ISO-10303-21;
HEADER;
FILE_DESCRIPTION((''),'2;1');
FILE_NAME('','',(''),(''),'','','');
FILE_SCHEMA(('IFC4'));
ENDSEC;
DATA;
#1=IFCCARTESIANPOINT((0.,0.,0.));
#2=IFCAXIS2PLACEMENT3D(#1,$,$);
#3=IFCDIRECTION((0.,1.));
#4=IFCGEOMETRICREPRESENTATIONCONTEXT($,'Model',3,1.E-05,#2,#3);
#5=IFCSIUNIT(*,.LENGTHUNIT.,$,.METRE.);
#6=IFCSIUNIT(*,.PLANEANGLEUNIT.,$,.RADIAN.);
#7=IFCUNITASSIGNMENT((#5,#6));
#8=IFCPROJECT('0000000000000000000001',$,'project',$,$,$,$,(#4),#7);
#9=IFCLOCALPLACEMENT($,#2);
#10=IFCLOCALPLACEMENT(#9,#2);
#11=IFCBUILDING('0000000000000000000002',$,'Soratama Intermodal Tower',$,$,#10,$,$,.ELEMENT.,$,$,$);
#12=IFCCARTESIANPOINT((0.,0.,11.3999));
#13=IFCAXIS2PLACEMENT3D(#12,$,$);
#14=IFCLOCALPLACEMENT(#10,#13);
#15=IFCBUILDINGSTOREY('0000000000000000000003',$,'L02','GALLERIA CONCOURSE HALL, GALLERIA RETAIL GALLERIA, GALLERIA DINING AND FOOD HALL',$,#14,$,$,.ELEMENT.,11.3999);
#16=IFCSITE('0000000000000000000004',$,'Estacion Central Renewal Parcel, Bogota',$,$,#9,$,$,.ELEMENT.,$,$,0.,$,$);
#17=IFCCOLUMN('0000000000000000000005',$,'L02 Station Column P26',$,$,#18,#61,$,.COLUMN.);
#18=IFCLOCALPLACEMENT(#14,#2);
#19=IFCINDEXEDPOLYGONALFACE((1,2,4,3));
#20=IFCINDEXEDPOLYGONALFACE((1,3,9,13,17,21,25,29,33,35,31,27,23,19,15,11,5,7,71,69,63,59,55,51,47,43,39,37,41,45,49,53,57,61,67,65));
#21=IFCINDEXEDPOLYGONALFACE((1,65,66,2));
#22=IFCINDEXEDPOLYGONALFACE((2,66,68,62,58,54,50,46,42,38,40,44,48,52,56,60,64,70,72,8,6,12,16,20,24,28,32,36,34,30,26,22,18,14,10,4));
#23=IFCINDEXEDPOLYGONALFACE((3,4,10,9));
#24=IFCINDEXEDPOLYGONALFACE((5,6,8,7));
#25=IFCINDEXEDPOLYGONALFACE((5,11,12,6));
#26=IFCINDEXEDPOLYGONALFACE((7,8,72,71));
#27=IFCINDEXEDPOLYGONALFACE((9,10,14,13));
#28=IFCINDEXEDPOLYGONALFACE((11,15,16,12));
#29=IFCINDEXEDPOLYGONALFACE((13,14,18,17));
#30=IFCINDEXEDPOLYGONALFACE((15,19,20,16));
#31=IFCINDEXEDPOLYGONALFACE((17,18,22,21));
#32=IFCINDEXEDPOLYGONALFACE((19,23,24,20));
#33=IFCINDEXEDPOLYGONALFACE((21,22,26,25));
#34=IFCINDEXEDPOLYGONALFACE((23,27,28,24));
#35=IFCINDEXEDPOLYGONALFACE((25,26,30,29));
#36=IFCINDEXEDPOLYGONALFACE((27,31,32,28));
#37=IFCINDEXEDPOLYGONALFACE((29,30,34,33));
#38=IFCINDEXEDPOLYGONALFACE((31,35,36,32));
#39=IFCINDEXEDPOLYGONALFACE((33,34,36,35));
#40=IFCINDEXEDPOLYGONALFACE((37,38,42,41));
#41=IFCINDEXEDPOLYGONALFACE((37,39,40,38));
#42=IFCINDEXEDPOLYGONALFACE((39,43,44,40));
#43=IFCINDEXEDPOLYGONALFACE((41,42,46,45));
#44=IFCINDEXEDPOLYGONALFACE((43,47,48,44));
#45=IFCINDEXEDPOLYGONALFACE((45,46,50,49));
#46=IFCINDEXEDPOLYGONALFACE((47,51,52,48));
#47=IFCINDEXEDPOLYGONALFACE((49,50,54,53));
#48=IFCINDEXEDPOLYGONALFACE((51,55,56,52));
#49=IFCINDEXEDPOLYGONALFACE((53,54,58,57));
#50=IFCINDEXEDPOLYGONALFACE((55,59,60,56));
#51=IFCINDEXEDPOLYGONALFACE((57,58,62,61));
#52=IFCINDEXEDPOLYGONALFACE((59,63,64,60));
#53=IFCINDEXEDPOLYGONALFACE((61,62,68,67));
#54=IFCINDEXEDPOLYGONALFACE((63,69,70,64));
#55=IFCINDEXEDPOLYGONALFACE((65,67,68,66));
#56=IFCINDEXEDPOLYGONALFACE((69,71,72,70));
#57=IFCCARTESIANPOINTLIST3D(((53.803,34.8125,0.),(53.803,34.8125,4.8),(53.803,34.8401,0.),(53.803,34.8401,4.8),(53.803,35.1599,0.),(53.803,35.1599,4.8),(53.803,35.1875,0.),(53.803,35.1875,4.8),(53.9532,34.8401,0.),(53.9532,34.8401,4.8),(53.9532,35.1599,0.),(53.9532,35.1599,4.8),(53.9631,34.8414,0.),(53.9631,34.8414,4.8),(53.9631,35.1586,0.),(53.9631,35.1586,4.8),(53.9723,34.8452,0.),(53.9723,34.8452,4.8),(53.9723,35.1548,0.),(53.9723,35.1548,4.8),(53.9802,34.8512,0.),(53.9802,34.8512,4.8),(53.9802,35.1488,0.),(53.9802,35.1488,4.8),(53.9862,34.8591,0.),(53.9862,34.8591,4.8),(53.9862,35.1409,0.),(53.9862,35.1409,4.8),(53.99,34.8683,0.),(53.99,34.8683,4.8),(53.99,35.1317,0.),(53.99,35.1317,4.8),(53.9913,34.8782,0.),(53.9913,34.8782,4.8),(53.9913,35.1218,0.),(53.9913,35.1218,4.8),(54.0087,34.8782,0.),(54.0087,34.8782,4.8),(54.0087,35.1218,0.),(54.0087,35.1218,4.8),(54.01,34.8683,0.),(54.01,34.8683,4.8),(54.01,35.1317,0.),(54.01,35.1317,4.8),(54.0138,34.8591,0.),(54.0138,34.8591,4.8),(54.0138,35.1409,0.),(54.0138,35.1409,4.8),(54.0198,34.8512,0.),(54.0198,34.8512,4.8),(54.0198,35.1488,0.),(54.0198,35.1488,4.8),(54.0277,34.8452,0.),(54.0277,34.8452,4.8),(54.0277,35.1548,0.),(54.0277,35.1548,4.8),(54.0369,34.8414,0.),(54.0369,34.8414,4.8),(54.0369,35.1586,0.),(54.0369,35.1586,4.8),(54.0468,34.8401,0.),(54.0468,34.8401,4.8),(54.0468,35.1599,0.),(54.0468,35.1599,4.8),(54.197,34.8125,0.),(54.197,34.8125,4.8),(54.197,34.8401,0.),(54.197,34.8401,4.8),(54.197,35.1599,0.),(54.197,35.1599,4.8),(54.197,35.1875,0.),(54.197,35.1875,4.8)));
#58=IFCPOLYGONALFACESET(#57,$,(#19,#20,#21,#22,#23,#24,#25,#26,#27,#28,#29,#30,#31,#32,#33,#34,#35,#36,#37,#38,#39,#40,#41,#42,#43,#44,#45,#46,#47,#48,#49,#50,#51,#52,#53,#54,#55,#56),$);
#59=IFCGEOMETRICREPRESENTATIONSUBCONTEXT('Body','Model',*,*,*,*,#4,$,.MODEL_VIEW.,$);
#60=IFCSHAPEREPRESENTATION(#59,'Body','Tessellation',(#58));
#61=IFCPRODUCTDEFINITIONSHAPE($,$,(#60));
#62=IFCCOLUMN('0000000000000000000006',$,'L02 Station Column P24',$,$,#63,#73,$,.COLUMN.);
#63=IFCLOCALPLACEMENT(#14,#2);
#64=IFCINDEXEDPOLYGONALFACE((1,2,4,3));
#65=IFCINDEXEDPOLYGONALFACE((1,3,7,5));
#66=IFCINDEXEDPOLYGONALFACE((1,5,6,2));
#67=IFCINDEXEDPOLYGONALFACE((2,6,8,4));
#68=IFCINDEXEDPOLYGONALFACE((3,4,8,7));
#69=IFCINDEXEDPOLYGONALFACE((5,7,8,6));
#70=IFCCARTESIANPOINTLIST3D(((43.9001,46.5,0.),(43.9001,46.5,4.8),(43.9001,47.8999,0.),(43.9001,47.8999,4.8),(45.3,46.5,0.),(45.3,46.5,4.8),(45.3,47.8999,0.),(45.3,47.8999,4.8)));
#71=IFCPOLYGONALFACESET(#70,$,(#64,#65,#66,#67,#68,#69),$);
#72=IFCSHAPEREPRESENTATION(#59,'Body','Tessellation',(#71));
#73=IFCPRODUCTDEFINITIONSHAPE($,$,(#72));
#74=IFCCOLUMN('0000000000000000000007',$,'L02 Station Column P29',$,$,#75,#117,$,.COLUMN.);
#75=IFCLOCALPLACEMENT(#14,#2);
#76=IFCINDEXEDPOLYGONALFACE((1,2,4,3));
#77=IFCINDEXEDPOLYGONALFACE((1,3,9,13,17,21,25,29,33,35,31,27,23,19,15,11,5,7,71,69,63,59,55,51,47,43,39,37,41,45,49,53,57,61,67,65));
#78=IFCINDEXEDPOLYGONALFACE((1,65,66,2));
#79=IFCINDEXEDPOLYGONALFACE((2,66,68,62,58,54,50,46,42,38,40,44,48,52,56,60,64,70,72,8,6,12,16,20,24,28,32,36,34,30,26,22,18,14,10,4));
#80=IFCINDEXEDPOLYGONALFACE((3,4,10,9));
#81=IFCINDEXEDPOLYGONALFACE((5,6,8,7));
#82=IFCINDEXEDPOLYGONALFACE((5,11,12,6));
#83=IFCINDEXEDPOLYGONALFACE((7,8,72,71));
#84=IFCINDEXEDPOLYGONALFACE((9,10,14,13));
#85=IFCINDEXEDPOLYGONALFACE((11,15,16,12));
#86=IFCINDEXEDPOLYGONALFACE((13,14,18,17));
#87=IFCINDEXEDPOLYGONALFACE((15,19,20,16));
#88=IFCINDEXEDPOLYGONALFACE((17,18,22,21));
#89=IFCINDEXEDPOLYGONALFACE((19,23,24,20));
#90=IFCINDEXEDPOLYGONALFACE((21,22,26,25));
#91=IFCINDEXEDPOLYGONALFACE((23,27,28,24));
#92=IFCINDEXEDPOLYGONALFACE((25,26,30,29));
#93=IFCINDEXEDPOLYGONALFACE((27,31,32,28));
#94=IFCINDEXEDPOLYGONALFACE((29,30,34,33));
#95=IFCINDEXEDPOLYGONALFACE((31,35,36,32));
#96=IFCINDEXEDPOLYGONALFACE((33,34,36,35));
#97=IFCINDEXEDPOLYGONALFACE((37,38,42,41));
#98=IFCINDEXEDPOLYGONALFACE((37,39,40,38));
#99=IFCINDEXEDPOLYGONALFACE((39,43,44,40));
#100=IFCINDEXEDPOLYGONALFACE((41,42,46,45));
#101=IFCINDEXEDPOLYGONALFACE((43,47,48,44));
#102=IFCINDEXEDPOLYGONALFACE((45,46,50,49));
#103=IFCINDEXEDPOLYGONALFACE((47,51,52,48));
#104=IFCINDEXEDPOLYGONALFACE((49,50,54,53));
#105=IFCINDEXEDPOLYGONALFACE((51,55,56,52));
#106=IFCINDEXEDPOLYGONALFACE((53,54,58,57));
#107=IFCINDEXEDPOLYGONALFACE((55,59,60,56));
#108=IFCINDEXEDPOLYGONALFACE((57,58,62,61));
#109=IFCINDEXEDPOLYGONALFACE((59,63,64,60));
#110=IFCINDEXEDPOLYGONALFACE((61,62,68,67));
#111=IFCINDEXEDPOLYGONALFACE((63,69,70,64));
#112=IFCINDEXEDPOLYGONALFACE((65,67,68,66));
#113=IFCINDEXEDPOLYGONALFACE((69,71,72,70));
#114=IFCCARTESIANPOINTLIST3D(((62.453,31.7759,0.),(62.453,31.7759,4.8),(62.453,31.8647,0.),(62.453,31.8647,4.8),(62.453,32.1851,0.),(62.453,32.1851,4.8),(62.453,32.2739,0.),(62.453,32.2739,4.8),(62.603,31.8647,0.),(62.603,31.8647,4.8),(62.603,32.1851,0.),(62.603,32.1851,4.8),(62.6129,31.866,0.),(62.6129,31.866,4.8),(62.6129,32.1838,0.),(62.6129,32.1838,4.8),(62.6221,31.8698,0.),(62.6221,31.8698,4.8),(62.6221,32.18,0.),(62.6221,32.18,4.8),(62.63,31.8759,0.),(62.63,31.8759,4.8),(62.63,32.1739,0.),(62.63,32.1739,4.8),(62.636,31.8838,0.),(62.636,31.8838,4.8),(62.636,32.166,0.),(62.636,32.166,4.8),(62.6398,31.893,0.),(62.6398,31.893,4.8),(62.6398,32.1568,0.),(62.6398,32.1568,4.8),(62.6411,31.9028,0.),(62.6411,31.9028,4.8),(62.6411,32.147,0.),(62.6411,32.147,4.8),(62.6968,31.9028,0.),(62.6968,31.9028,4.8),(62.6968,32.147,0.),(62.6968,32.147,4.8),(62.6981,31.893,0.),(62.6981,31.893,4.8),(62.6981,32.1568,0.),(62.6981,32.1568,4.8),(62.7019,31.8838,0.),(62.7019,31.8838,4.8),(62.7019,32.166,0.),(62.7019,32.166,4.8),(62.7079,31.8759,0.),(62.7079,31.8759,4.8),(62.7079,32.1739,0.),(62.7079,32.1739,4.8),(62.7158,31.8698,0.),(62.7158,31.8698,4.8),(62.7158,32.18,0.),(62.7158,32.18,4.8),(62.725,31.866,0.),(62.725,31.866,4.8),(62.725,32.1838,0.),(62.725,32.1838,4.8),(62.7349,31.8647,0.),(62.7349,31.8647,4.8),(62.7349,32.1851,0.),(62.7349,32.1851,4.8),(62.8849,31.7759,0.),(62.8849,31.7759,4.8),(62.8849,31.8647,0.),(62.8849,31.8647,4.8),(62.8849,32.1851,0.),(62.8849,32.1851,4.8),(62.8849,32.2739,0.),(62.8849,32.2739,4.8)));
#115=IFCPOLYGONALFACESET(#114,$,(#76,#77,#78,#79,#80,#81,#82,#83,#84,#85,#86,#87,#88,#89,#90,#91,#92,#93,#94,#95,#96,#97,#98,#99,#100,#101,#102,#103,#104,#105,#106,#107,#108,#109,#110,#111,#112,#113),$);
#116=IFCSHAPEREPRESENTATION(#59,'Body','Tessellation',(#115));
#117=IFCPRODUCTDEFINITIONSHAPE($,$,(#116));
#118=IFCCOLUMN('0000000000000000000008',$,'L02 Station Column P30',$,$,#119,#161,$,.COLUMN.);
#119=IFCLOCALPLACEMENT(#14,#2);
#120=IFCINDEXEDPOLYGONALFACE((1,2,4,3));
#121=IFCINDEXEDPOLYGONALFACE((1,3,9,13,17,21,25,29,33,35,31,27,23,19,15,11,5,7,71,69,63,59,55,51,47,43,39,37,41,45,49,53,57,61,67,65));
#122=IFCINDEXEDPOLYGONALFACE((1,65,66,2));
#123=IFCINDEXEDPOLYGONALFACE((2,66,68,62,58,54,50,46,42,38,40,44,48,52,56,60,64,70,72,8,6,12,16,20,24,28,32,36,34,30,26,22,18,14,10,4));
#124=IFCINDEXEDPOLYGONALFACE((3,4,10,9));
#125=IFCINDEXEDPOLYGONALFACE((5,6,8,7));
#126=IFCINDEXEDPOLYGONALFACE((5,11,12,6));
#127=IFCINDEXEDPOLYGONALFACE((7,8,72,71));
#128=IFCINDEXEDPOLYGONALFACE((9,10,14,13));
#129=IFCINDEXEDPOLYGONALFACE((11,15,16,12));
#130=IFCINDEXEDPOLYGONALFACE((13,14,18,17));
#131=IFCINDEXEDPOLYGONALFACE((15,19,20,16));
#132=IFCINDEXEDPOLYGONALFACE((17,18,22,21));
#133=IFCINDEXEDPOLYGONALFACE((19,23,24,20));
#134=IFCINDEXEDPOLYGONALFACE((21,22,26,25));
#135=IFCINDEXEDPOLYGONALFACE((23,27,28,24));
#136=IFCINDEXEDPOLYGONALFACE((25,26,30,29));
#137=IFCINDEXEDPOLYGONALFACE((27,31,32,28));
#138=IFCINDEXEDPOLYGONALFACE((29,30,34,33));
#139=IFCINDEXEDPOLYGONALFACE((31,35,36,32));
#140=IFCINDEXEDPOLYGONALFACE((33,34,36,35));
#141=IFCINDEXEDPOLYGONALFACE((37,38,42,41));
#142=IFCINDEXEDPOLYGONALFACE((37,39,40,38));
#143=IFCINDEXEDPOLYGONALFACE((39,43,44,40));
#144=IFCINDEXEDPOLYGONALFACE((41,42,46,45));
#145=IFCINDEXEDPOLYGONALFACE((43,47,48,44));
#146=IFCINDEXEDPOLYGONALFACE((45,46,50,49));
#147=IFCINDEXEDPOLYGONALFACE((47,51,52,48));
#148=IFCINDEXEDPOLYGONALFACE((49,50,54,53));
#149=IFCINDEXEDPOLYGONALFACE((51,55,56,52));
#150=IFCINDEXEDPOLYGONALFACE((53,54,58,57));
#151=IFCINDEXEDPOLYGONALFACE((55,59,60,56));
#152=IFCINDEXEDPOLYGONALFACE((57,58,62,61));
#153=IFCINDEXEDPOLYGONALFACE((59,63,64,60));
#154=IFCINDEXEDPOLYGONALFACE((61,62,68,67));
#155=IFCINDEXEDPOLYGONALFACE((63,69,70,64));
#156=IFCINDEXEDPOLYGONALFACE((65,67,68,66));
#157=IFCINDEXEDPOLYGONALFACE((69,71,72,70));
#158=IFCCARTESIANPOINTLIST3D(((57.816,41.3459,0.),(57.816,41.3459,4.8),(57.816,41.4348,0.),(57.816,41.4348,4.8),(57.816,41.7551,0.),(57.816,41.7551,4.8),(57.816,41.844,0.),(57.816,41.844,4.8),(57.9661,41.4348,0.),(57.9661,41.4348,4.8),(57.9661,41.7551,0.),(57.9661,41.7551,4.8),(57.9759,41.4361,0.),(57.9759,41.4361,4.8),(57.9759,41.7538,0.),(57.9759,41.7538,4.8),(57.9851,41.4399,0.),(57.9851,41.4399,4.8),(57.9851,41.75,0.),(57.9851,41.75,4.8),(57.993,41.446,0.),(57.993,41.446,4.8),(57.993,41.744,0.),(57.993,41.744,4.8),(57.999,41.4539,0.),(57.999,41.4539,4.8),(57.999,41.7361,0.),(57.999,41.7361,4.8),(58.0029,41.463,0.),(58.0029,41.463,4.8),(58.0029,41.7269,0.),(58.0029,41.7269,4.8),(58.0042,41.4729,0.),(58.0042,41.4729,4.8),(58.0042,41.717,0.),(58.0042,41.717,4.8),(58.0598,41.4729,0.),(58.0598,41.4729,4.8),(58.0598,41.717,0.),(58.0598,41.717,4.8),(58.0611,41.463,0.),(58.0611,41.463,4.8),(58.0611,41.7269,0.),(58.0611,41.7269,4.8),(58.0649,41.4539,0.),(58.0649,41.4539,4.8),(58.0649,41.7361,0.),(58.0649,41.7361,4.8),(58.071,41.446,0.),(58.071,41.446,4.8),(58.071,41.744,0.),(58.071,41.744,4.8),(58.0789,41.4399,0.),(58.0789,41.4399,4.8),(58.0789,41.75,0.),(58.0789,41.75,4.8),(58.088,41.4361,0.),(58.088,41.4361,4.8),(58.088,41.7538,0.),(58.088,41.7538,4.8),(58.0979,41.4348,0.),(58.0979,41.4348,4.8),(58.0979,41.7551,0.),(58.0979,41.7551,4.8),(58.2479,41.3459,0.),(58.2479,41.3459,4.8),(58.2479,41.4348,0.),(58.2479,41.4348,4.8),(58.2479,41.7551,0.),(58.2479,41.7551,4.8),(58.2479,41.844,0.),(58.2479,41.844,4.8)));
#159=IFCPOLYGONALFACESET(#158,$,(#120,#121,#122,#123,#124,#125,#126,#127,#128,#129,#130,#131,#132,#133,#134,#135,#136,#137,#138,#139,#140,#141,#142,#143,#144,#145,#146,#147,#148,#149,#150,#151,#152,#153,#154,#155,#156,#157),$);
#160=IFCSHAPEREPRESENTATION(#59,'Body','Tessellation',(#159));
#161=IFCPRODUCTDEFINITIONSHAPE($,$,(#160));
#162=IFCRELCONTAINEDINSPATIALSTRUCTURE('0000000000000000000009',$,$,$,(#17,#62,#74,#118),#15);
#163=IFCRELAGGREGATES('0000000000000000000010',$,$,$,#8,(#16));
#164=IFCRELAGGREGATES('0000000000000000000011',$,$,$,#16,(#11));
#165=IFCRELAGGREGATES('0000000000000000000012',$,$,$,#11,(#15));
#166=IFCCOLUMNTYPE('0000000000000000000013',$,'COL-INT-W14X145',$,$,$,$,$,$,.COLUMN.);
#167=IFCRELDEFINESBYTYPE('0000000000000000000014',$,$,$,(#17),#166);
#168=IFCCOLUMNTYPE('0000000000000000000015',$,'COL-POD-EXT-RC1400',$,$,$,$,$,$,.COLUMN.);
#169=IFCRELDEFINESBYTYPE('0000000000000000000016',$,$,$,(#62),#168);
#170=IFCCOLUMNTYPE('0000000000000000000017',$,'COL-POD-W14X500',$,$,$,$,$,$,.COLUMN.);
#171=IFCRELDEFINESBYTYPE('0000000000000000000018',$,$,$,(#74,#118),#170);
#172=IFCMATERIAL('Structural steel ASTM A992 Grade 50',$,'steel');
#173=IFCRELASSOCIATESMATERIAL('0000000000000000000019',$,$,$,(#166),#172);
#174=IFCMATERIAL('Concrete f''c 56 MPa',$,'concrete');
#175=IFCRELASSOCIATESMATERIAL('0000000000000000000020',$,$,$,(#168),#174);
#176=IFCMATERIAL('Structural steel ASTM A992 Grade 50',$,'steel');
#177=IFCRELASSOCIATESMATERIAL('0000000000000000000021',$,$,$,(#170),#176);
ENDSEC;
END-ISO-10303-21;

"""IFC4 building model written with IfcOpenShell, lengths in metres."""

from ifc_helpers import new_model, si_unit, direction, frame, origin, origin_2d, place, context, subcontext, project, spatial, rectangle, i_section, extrude, material, material_profile, profile_set, type_object, element, save


model = new_model("IFC4")

# Units and contexts
model_context = context("Model", 3, precision=1e-05, world=origin(), true_north=direction((0.0, 1.0)))
body_context = subcontext(model_context, "Body", "Model", "MODEL_VIEW")
ifc_project = project(units=[si_unit("LENGTHUNIT", "METRE"), si_unit("PLANEANGLEUNIT", "RADIAN")], contexts=[model_context])

# Site, building, storey
site_placement = place(None, origin())
site = spatial("IfcSite", under=ifc_project, at=site_placement, Name="Estacion Central Renewal Parcel, Bogota", CompositionType="ELEMENT", RefElevation=0.0)
building_placement = place(site_placement, origin())
building = spatial("IfcBuilding", under=site, at=building_placement, Name="Soratama Intermodal Tower", CompositionType="ELEMENT")
storey_placement = place(building_placement, frame((0.0, 0.0, 11.3999)))
storey = spatial("IfcBuildingStorey", under=building, at=storey_placement, Name="L02", Description="GALLERIA CONCOURSE HALL, GALLERIA RETAIL GALLERIA, GALLERIA DINING AND FOOD HALL", CompositionType="ELEMENT", Elevation=11.3999)

# Columns
ifc_material_1 = material(Name="Structural steel ASTM A992 Grade 50", Category="steel")
ifc_material_profile_1 = material_profile(ifc_material_1, i_section(OverallWidth=0.394, OverallDepth=0.375, WebThickness=0.0173, FlangeThickness=0.0276, FilletRadius=0.0381, at=origin_2d()), Name="W14X145")
ifc_profile_set_1 = profile_set([ifc_material_profile_1], Name="Structural steel ASTM A992 Grade 50")
column_type_1 = type_object("IfcColumnType", Name="COL-INT-W14X145", PredefinedType="COLUMN", material=ifc_profile_set_1)
column_1_placement = place(storey_placement, frame((54.0, 35.0, 0.0), z_axis=(0.0, 0.0, 1.0), x_axis=(1.0, 0.0, 0.0)))
element("IfcColumn", 1, at=column_1_placement, inside=storey, type_object=column_type_1, Name="L02 Station Column P26", PredefinedType="COLUMN", context=body_context, shape_type="SweptSolid", body=[
    extrude(i_section(OverallWidth=0.394, OverallDepth=0.375, WebThickness=0.0173, FlangeThickness=0.0276, FilletRadius=0.0381, at=origin_2d()), origin(), (0.0, 0.0, 1.0), 4.8),
])
ifc_material_2 = material(Name="Concrete f'c 56 MPa", Category="concrete")
ifc_material_profile_2 = material_profile(ifc_material_2, rectangle(XDim=1.3999, YDim=1.3999, at=origin_2d()), Name="RC1400X1400")
ifc_profile_set_2 = profile_set([ifc_material_profile_2], Name="Concrete f'c 56 MPa")
column_type_2 = type_object("IfcColumnType", Name="COL-POD-EXT-RC1400", PredefinedType="COLUMN", material=ifc_profile_set_2)
column_2_placement = place(storey_placement, frame((44.6001, 47.2, 0.0), z_axis=(0.0, 0.0, 1.0), x_axis=(1.0, 0.0, 0.0)))
element("IfcColumn", 2, at=column_2_placement, inside=storey, type_object=column_type_2, Name="L02 Station Column P24", PredefinedType="COLUMN", context=body_context, shape_type="SweptSolid", body=[
    extrude(rectangle(XDim=1.3999, YDim=1.3999, at=origin_2d()), origin(), (0.0, 0.0, 1.0), 4.8),
])
ifc_material_3 = material(Name="Structural steel ASTM A992 Grade 50", Category="steel")
ifc_material_profile_3 = material_profile(ifc_material_3, i_section(OverallWidth=0.4319, OverallDepth=0.498, WebThickness=0.0557, FlangeThickness=0.0889, FilletRadius=0.0381, at=origin_2d()), Name="W14X500")
ifc_profile_set_3 = profile_set([ifc_material_profile_3], Name="Structural steel ASTM A992 Grade 50")
column_type_3 = type_object("IfcColumnType", Name="COL-POD-W14X500", PredefinedType="COLUMN", material=ifc_profile_set_3)
for number, where, z_axis, x_axis, name in (
    (3, (62.6689, 32.0249, 0.0), (0.0, 0.0, 1.0), (1.0, 0.0, 0.0), "L02 Station Column P29"),
    (4, (58.032, 41.595, 0.0), (0.0, 0.0, 1.0), (1.0, 0.0, 0.0), "L02 Station Column P30"),
):
    element("IfcColumn", number, at=place(storey_placement, frame(where, z_axis=z_axis, x_axis=x_axis)), inside=storey, type_object=column_type_3, Name=name, PredefinedType="COLUMN", context=body_context, shape_type="SweptSolid", body=[
        extrude(i_section(OverallWidth=0.4319, OverallDepth=0.498, WebThickness=0.0557, FlangeThickness=0.0889, FilletRadius=0.0381, at=origin_2d()), origin(), (0.0, 0.0, 1.0), 4.8),
    ])

save(model, "model.ifc")
